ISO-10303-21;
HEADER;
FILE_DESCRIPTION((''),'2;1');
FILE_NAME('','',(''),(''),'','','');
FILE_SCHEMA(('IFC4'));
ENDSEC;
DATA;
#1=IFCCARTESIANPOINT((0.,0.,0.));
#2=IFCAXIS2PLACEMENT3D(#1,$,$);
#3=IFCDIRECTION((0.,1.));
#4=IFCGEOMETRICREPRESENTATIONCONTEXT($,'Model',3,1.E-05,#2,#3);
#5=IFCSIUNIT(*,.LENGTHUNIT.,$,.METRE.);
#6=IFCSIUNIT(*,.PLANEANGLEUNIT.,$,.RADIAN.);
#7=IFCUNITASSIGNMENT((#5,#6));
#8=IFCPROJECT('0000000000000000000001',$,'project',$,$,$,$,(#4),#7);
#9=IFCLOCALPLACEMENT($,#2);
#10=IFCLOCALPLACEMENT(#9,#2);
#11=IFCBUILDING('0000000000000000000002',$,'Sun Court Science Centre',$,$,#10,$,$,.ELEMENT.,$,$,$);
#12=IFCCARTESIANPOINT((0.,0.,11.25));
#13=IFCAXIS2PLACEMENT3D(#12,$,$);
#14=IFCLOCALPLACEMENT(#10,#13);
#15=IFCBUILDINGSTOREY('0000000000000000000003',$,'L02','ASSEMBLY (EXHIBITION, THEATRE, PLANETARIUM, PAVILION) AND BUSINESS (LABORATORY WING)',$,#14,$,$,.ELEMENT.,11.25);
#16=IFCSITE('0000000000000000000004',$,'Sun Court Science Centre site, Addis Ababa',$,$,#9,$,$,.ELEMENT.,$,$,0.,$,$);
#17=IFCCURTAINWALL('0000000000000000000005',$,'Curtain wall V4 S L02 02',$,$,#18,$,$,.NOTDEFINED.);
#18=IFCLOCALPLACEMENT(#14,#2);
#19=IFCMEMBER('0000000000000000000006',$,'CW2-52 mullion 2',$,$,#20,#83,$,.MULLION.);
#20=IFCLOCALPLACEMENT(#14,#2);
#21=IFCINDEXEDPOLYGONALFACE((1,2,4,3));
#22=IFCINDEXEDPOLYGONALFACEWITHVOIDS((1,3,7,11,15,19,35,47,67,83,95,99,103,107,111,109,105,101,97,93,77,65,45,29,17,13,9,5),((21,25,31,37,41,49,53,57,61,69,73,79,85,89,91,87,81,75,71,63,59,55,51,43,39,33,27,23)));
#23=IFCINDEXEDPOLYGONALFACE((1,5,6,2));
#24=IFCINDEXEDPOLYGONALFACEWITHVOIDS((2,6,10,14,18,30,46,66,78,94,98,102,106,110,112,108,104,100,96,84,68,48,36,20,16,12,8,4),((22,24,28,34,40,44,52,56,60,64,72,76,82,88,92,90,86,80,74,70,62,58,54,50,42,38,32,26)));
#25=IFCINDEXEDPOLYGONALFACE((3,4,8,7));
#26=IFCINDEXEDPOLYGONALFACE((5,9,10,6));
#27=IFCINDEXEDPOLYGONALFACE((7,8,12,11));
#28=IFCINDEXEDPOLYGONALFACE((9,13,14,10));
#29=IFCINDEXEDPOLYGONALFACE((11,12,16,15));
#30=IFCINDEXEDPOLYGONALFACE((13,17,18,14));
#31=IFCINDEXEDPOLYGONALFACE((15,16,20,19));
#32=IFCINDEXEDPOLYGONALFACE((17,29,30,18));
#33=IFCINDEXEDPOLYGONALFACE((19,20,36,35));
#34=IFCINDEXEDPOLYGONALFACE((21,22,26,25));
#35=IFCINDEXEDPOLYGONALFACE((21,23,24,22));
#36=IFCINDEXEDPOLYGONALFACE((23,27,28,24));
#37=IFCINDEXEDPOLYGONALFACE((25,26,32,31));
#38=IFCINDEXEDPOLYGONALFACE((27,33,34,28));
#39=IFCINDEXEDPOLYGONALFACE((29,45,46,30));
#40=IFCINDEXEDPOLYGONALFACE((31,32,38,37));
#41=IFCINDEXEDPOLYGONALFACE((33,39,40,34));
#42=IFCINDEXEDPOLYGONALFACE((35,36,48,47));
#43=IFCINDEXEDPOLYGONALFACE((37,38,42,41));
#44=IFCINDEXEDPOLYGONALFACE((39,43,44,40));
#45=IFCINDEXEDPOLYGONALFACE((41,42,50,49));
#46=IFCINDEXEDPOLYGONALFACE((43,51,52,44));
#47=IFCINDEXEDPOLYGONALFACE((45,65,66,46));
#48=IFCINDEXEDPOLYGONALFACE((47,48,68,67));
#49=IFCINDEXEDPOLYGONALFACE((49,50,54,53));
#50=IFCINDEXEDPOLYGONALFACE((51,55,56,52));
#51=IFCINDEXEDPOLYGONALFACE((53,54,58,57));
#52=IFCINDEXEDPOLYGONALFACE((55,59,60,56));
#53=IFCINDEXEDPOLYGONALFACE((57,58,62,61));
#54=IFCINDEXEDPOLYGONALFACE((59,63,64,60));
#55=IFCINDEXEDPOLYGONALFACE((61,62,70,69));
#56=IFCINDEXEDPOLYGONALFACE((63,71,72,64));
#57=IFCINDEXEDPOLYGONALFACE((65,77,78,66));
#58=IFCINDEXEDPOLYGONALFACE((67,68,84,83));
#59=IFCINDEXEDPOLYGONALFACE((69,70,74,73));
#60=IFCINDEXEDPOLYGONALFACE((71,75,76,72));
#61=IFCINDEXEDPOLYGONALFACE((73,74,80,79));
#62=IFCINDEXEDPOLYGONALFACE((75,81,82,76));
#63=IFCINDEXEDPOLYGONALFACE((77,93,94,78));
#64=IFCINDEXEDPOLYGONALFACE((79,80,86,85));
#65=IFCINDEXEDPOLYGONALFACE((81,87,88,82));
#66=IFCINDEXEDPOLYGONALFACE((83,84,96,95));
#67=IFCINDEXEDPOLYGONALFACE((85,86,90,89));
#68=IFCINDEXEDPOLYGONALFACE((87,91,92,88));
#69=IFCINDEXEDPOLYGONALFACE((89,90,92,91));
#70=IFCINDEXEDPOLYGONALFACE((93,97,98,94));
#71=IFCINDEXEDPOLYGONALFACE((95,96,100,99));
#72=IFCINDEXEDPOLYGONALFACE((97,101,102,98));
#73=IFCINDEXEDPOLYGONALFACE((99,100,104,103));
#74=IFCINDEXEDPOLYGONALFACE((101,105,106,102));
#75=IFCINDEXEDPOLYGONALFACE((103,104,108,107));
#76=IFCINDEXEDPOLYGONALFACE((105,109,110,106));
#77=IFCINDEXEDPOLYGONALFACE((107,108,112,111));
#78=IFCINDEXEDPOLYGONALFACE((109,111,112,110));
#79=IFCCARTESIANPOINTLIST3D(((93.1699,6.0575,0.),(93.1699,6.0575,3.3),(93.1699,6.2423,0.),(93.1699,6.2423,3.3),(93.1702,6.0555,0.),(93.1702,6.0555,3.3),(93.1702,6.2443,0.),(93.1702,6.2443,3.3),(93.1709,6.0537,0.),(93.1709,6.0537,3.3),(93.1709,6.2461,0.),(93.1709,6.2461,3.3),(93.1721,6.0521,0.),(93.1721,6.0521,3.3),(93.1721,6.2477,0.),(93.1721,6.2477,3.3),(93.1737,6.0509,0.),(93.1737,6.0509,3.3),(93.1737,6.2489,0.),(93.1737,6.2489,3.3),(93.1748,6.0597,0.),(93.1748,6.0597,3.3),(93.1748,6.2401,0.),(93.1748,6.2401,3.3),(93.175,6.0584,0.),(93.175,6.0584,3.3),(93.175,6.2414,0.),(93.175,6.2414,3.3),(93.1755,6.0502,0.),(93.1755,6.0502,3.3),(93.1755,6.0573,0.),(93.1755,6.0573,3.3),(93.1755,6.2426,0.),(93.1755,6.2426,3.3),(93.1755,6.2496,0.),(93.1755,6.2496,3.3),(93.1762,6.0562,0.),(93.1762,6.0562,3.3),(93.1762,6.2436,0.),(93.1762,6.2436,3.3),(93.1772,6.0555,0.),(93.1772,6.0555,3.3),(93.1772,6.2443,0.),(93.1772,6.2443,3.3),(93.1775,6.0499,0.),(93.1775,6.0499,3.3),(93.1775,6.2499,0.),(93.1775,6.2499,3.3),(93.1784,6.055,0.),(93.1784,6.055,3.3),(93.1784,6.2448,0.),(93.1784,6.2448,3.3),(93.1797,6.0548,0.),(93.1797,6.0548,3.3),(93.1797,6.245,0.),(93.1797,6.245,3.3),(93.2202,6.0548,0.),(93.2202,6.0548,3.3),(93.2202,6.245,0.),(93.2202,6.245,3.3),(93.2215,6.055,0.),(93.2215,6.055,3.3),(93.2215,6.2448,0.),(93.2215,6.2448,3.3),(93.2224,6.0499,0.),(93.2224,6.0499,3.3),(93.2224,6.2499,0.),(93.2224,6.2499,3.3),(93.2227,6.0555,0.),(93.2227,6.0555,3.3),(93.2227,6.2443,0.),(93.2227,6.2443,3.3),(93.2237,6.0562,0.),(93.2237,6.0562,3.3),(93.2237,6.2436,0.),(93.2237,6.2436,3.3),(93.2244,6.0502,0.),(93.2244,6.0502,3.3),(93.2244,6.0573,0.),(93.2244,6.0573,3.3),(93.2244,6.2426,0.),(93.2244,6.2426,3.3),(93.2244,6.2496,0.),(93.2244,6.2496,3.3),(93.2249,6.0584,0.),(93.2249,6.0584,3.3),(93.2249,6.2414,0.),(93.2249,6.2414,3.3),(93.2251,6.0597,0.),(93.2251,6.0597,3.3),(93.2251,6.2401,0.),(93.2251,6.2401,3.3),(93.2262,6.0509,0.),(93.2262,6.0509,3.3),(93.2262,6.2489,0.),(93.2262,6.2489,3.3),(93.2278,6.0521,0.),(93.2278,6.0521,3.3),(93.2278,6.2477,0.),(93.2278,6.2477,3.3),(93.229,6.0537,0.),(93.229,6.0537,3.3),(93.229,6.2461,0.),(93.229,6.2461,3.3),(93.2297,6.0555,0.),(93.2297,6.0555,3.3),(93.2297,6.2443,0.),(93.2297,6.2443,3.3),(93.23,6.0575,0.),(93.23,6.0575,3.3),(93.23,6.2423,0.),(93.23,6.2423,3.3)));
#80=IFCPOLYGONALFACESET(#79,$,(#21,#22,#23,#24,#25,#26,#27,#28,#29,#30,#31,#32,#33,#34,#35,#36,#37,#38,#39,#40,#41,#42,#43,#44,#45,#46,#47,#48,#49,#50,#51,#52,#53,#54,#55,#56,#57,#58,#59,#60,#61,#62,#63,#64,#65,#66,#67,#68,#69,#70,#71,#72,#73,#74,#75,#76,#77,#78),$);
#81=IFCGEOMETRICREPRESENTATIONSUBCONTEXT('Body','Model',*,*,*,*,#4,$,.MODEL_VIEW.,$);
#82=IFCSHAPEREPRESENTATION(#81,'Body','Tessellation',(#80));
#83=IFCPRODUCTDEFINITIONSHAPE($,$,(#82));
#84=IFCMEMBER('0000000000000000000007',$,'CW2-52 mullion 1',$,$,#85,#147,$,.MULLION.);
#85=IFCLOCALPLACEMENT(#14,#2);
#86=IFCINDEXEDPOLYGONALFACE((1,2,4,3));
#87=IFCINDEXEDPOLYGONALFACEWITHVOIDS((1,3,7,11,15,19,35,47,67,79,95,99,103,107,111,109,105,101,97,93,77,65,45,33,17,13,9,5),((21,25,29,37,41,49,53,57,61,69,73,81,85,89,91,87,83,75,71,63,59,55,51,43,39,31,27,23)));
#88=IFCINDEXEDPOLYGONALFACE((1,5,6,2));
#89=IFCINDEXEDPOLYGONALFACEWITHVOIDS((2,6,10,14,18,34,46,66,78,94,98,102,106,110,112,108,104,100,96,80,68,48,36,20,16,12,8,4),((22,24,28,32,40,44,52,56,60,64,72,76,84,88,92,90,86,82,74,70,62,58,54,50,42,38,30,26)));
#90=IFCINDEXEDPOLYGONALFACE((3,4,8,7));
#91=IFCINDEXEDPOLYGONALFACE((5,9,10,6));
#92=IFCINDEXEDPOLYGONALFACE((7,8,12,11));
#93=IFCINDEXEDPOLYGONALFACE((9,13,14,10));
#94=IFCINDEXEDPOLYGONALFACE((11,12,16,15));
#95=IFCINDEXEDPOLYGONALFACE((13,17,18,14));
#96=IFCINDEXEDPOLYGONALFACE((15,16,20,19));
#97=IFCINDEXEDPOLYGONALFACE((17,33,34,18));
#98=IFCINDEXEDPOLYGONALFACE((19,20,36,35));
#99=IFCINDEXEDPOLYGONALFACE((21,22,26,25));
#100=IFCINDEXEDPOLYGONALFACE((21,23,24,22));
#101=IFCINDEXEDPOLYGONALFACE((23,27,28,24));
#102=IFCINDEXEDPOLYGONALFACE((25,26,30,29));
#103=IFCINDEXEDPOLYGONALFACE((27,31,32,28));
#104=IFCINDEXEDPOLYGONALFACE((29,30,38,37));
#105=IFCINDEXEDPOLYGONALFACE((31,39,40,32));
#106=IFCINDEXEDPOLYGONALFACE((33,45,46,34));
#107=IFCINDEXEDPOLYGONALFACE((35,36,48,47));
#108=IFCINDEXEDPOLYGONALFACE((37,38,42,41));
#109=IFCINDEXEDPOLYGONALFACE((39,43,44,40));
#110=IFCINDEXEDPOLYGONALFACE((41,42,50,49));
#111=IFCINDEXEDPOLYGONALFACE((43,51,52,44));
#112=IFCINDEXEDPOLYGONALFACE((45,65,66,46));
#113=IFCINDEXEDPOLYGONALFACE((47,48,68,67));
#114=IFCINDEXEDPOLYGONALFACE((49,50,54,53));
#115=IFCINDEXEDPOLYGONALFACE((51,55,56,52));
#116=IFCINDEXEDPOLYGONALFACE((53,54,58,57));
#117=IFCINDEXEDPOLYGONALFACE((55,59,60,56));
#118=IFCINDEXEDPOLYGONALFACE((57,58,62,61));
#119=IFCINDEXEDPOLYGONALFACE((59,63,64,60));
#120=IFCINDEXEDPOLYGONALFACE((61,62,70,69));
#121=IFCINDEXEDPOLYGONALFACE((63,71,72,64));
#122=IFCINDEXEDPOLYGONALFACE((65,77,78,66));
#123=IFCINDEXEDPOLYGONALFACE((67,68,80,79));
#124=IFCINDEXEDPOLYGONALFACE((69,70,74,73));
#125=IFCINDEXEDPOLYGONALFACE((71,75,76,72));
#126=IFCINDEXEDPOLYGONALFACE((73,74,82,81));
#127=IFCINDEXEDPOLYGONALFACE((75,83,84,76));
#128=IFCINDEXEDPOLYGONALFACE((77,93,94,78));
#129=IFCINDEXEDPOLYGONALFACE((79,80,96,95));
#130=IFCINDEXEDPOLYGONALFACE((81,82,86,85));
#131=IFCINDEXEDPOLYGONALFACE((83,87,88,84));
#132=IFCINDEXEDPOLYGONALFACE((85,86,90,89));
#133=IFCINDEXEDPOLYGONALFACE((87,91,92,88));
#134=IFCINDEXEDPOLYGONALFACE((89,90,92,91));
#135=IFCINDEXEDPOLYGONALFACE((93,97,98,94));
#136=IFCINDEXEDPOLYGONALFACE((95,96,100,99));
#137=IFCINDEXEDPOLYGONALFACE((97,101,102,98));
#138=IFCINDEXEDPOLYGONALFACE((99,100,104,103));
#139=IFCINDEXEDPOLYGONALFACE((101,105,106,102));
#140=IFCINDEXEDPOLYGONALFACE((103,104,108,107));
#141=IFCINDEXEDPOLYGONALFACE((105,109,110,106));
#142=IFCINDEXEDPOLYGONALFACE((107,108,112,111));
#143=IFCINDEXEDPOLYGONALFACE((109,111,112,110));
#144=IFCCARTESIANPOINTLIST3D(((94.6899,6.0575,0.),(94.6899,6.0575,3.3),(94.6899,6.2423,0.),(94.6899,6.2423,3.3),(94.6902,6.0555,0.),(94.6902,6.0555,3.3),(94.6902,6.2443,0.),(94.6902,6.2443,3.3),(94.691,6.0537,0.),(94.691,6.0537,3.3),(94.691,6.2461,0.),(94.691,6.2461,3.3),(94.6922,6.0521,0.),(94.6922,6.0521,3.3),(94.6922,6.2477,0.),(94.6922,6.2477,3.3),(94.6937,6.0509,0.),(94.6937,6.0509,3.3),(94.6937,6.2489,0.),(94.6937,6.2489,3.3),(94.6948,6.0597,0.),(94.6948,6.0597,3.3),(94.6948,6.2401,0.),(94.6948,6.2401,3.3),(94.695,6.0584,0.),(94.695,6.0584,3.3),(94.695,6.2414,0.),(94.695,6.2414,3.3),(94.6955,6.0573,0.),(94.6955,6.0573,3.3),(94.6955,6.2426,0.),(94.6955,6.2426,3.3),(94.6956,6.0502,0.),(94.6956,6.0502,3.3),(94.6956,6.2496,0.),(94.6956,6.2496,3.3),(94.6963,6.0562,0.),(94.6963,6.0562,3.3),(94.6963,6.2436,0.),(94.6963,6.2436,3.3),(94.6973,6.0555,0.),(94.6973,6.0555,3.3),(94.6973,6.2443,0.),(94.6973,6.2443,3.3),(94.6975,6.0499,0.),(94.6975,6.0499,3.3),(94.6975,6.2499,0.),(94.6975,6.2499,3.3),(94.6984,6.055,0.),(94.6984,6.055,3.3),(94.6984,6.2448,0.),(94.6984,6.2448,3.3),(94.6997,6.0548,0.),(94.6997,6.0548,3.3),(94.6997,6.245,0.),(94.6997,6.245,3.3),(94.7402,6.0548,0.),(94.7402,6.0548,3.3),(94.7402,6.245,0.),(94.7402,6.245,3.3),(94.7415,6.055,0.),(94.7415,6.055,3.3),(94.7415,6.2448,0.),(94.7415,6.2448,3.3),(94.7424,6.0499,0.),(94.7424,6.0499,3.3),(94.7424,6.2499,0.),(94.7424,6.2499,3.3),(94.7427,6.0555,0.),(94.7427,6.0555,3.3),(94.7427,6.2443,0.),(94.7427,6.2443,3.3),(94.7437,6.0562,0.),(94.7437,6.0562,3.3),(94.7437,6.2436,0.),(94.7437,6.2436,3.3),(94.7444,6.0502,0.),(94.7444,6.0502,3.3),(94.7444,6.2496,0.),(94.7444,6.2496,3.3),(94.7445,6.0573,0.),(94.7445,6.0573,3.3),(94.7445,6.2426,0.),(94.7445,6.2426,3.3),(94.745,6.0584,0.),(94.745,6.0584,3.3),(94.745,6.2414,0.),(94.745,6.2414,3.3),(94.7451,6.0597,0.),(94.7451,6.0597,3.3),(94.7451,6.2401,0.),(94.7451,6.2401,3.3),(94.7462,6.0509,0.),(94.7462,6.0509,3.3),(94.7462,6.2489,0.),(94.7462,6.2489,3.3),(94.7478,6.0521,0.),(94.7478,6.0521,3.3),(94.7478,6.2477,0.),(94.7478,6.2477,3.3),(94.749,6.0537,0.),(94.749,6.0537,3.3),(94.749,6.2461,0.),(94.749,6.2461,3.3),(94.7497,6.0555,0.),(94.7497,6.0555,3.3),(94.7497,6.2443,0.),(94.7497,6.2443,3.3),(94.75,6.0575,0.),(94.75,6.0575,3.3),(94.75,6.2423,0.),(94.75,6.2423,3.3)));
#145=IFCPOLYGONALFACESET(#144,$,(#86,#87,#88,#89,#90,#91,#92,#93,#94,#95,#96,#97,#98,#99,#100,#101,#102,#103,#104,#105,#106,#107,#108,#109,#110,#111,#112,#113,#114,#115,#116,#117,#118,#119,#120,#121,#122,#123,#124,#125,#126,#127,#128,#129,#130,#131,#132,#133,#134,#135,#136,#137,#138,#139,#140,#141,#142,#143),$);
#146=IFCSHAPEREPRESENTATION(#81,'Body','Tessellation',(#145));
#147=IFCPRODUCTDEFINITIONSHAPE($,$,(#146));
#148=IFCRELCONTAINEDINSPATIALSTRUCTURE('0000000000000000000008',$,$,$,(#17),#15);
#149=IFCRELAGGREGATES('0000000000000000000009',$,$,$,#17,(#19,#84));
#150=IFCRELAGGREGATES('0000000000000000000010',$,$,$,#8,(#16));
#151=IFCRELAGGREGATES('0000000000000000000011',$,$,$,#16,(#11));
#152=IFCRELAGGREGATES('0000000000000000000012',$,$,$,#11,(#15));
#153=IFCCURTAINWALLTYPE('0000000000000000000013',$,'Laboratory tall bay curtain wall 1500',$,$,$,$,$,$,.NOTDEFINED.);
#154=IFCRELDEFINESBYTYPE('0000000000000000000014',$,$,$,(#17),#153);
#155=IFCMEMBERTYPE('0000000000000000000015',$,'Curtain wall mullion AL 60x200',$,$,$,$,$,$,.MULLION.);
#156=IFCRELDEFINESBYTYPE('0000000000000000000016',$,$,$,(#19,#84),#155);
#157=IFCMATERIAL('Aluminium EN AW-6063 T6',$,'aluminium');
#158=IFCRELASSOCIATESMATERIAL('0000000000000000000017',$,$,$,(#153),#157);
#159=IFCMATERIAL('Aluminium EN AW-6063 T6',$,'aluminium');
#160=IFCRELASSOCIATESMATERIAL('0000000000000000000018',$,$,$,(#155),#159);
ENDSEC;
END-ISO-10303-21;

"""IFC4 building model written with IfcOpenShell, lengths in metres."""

from ifc_helpers import new_model, si_unit, direction, frame, origin, origin_2d, place, context, subcontext, project, spatial, hollow_rectangle, extrude, material, material_profile, profile_set, type_object, element, aggregate, save


model = new_model("IFC4")

# Units and contexts
model_context = context("Model", 3, precision=1e-05, world=origin(), true_north=direction((0.0, 1.0)))
body_context = subcontext(model_context, "Body", "Model", "MODEL_VIEW")
ifc_project = project(units=[si_unit("LENGTHUNIT", "METRE"), si_unit("PLANEANGLEUNIT", "RADIAN")], contexts=[model_context])

# Site, building, storey
site_placement = place(None, origin())
site = spatial("IfcSite", under=ifc_project, at=site_placement, Name="Sun Court Science Centre site, Addis Ababa", CompositionType="ELEMENT", RefElevation=0.0)
building_placement = place(site_placement, origin())
building = spatial("IfcBuilding", under=site, at=building_placement, Name="Sun Court Science Centre", CompositionType="ELEMENT")
storey_placement = place(building_placement, frame((0.0, 0.0, 11.25)))
storey = spatial("IfcBuildingStorey", under=building, at=storey_placement, Name="L02", Description="ASSEMBLY (EXHIBITION, THEATRE, PLANETARIUM, PAVILION) AND BUSINESS (LABORATORY WING)", CompositionType="ELEMENT", Elevation=11.25)

# Curtain wall, members
ifc_material_1 = material(Name="Aluminium EN AW-6063 T6", Category="aluminium")
curtain_wall_type = type_object("IfcCurtainWallType", Name="Laboratory tall bay curtain wall 1500", PredefinedType="NOTDEFINED", material=ifc_material_1)
ifc_material_2 = material(Name="Aluminium EN AW-6063 T6", Category="aluminium")
ifc_material_profile_1 = material_profile(ifc_material_2, hollow_rectangle(XDim=0.0601, YDim=0.2, WallThickness=0.0049, InnerFilletRadius=0.0049, OuterFilletRadius=0.0076, at=origin_2d()), Name="AL 60x200x5")
ifc_profile_set_1 = profile_set([ifc_material_profile_1], Name="Aluminium EN AW-6063 T6")
member_type_1 = type_object("IfcMemberType", Name="Curtain wall mullion AL 60x200", PredefinedType="MULLION", material=ifc_profile_set_1)
curtain_wall_1_placement = place(storey_placement, origin())
curtain_wall_1 = element("IfcCurtainWall", 1, at=curtain_wall_1_placement, inside=storey, type_object=curtain_wall_type, Name="Curtain wall V4 S L02 02", PredefinedType="NOTDEFINED")
member_1_placement = place(storey_placement, frame((93.2, 6.1499, 0.0), z_axis=(0.0, 0.0, 1.0), x_axis=(-1.0, 0.0, 0.0)))
member_1 = element("IfcMember", 2, at=member_1_placement, type_object=member_type_1, Name="CW2-52 mullion 2", PredefinedType="MULLION", context=body_context, shape_type="SweptSolid", body=[
    extrude(hollow_rectangle(XDim=0.0601, YDim=0.2, WallThickness=0.0049, InnerFilletRadius=0.0049, OuterFilletRadius=0.0076, at=origin_2d()), origin(), (0.0, 0.0, 1.0), 3.3),
])
member_2_placement = place(storey_placement, frame((94.72, 6.1499, 0.0), z_axis=(0.0, 0.0, 1.0), x_axis=(-1.0, 0.0, 0.0)))
member_2 = element("IfcMember", 3, at=member_2_placement, type_object=member_type_1, Name="CW2-52 mullion 1", PredefinedType="MULLION", context=body_context, shape_type="SweptSolid", body=[
    extrude(hollow_rectangle(XDim=0.0601, YDim=0.2, WallThickness=0.0049, InnerFilletRadius=0.0049, OuterFilletRadius=0.0076, at=origin_2d()), origin(), (0.0, 0.0, 1.0), 3.3),
])

aggregate(curtain_wall_1, [member_1, member_2])

save(model, "model.ifc")
